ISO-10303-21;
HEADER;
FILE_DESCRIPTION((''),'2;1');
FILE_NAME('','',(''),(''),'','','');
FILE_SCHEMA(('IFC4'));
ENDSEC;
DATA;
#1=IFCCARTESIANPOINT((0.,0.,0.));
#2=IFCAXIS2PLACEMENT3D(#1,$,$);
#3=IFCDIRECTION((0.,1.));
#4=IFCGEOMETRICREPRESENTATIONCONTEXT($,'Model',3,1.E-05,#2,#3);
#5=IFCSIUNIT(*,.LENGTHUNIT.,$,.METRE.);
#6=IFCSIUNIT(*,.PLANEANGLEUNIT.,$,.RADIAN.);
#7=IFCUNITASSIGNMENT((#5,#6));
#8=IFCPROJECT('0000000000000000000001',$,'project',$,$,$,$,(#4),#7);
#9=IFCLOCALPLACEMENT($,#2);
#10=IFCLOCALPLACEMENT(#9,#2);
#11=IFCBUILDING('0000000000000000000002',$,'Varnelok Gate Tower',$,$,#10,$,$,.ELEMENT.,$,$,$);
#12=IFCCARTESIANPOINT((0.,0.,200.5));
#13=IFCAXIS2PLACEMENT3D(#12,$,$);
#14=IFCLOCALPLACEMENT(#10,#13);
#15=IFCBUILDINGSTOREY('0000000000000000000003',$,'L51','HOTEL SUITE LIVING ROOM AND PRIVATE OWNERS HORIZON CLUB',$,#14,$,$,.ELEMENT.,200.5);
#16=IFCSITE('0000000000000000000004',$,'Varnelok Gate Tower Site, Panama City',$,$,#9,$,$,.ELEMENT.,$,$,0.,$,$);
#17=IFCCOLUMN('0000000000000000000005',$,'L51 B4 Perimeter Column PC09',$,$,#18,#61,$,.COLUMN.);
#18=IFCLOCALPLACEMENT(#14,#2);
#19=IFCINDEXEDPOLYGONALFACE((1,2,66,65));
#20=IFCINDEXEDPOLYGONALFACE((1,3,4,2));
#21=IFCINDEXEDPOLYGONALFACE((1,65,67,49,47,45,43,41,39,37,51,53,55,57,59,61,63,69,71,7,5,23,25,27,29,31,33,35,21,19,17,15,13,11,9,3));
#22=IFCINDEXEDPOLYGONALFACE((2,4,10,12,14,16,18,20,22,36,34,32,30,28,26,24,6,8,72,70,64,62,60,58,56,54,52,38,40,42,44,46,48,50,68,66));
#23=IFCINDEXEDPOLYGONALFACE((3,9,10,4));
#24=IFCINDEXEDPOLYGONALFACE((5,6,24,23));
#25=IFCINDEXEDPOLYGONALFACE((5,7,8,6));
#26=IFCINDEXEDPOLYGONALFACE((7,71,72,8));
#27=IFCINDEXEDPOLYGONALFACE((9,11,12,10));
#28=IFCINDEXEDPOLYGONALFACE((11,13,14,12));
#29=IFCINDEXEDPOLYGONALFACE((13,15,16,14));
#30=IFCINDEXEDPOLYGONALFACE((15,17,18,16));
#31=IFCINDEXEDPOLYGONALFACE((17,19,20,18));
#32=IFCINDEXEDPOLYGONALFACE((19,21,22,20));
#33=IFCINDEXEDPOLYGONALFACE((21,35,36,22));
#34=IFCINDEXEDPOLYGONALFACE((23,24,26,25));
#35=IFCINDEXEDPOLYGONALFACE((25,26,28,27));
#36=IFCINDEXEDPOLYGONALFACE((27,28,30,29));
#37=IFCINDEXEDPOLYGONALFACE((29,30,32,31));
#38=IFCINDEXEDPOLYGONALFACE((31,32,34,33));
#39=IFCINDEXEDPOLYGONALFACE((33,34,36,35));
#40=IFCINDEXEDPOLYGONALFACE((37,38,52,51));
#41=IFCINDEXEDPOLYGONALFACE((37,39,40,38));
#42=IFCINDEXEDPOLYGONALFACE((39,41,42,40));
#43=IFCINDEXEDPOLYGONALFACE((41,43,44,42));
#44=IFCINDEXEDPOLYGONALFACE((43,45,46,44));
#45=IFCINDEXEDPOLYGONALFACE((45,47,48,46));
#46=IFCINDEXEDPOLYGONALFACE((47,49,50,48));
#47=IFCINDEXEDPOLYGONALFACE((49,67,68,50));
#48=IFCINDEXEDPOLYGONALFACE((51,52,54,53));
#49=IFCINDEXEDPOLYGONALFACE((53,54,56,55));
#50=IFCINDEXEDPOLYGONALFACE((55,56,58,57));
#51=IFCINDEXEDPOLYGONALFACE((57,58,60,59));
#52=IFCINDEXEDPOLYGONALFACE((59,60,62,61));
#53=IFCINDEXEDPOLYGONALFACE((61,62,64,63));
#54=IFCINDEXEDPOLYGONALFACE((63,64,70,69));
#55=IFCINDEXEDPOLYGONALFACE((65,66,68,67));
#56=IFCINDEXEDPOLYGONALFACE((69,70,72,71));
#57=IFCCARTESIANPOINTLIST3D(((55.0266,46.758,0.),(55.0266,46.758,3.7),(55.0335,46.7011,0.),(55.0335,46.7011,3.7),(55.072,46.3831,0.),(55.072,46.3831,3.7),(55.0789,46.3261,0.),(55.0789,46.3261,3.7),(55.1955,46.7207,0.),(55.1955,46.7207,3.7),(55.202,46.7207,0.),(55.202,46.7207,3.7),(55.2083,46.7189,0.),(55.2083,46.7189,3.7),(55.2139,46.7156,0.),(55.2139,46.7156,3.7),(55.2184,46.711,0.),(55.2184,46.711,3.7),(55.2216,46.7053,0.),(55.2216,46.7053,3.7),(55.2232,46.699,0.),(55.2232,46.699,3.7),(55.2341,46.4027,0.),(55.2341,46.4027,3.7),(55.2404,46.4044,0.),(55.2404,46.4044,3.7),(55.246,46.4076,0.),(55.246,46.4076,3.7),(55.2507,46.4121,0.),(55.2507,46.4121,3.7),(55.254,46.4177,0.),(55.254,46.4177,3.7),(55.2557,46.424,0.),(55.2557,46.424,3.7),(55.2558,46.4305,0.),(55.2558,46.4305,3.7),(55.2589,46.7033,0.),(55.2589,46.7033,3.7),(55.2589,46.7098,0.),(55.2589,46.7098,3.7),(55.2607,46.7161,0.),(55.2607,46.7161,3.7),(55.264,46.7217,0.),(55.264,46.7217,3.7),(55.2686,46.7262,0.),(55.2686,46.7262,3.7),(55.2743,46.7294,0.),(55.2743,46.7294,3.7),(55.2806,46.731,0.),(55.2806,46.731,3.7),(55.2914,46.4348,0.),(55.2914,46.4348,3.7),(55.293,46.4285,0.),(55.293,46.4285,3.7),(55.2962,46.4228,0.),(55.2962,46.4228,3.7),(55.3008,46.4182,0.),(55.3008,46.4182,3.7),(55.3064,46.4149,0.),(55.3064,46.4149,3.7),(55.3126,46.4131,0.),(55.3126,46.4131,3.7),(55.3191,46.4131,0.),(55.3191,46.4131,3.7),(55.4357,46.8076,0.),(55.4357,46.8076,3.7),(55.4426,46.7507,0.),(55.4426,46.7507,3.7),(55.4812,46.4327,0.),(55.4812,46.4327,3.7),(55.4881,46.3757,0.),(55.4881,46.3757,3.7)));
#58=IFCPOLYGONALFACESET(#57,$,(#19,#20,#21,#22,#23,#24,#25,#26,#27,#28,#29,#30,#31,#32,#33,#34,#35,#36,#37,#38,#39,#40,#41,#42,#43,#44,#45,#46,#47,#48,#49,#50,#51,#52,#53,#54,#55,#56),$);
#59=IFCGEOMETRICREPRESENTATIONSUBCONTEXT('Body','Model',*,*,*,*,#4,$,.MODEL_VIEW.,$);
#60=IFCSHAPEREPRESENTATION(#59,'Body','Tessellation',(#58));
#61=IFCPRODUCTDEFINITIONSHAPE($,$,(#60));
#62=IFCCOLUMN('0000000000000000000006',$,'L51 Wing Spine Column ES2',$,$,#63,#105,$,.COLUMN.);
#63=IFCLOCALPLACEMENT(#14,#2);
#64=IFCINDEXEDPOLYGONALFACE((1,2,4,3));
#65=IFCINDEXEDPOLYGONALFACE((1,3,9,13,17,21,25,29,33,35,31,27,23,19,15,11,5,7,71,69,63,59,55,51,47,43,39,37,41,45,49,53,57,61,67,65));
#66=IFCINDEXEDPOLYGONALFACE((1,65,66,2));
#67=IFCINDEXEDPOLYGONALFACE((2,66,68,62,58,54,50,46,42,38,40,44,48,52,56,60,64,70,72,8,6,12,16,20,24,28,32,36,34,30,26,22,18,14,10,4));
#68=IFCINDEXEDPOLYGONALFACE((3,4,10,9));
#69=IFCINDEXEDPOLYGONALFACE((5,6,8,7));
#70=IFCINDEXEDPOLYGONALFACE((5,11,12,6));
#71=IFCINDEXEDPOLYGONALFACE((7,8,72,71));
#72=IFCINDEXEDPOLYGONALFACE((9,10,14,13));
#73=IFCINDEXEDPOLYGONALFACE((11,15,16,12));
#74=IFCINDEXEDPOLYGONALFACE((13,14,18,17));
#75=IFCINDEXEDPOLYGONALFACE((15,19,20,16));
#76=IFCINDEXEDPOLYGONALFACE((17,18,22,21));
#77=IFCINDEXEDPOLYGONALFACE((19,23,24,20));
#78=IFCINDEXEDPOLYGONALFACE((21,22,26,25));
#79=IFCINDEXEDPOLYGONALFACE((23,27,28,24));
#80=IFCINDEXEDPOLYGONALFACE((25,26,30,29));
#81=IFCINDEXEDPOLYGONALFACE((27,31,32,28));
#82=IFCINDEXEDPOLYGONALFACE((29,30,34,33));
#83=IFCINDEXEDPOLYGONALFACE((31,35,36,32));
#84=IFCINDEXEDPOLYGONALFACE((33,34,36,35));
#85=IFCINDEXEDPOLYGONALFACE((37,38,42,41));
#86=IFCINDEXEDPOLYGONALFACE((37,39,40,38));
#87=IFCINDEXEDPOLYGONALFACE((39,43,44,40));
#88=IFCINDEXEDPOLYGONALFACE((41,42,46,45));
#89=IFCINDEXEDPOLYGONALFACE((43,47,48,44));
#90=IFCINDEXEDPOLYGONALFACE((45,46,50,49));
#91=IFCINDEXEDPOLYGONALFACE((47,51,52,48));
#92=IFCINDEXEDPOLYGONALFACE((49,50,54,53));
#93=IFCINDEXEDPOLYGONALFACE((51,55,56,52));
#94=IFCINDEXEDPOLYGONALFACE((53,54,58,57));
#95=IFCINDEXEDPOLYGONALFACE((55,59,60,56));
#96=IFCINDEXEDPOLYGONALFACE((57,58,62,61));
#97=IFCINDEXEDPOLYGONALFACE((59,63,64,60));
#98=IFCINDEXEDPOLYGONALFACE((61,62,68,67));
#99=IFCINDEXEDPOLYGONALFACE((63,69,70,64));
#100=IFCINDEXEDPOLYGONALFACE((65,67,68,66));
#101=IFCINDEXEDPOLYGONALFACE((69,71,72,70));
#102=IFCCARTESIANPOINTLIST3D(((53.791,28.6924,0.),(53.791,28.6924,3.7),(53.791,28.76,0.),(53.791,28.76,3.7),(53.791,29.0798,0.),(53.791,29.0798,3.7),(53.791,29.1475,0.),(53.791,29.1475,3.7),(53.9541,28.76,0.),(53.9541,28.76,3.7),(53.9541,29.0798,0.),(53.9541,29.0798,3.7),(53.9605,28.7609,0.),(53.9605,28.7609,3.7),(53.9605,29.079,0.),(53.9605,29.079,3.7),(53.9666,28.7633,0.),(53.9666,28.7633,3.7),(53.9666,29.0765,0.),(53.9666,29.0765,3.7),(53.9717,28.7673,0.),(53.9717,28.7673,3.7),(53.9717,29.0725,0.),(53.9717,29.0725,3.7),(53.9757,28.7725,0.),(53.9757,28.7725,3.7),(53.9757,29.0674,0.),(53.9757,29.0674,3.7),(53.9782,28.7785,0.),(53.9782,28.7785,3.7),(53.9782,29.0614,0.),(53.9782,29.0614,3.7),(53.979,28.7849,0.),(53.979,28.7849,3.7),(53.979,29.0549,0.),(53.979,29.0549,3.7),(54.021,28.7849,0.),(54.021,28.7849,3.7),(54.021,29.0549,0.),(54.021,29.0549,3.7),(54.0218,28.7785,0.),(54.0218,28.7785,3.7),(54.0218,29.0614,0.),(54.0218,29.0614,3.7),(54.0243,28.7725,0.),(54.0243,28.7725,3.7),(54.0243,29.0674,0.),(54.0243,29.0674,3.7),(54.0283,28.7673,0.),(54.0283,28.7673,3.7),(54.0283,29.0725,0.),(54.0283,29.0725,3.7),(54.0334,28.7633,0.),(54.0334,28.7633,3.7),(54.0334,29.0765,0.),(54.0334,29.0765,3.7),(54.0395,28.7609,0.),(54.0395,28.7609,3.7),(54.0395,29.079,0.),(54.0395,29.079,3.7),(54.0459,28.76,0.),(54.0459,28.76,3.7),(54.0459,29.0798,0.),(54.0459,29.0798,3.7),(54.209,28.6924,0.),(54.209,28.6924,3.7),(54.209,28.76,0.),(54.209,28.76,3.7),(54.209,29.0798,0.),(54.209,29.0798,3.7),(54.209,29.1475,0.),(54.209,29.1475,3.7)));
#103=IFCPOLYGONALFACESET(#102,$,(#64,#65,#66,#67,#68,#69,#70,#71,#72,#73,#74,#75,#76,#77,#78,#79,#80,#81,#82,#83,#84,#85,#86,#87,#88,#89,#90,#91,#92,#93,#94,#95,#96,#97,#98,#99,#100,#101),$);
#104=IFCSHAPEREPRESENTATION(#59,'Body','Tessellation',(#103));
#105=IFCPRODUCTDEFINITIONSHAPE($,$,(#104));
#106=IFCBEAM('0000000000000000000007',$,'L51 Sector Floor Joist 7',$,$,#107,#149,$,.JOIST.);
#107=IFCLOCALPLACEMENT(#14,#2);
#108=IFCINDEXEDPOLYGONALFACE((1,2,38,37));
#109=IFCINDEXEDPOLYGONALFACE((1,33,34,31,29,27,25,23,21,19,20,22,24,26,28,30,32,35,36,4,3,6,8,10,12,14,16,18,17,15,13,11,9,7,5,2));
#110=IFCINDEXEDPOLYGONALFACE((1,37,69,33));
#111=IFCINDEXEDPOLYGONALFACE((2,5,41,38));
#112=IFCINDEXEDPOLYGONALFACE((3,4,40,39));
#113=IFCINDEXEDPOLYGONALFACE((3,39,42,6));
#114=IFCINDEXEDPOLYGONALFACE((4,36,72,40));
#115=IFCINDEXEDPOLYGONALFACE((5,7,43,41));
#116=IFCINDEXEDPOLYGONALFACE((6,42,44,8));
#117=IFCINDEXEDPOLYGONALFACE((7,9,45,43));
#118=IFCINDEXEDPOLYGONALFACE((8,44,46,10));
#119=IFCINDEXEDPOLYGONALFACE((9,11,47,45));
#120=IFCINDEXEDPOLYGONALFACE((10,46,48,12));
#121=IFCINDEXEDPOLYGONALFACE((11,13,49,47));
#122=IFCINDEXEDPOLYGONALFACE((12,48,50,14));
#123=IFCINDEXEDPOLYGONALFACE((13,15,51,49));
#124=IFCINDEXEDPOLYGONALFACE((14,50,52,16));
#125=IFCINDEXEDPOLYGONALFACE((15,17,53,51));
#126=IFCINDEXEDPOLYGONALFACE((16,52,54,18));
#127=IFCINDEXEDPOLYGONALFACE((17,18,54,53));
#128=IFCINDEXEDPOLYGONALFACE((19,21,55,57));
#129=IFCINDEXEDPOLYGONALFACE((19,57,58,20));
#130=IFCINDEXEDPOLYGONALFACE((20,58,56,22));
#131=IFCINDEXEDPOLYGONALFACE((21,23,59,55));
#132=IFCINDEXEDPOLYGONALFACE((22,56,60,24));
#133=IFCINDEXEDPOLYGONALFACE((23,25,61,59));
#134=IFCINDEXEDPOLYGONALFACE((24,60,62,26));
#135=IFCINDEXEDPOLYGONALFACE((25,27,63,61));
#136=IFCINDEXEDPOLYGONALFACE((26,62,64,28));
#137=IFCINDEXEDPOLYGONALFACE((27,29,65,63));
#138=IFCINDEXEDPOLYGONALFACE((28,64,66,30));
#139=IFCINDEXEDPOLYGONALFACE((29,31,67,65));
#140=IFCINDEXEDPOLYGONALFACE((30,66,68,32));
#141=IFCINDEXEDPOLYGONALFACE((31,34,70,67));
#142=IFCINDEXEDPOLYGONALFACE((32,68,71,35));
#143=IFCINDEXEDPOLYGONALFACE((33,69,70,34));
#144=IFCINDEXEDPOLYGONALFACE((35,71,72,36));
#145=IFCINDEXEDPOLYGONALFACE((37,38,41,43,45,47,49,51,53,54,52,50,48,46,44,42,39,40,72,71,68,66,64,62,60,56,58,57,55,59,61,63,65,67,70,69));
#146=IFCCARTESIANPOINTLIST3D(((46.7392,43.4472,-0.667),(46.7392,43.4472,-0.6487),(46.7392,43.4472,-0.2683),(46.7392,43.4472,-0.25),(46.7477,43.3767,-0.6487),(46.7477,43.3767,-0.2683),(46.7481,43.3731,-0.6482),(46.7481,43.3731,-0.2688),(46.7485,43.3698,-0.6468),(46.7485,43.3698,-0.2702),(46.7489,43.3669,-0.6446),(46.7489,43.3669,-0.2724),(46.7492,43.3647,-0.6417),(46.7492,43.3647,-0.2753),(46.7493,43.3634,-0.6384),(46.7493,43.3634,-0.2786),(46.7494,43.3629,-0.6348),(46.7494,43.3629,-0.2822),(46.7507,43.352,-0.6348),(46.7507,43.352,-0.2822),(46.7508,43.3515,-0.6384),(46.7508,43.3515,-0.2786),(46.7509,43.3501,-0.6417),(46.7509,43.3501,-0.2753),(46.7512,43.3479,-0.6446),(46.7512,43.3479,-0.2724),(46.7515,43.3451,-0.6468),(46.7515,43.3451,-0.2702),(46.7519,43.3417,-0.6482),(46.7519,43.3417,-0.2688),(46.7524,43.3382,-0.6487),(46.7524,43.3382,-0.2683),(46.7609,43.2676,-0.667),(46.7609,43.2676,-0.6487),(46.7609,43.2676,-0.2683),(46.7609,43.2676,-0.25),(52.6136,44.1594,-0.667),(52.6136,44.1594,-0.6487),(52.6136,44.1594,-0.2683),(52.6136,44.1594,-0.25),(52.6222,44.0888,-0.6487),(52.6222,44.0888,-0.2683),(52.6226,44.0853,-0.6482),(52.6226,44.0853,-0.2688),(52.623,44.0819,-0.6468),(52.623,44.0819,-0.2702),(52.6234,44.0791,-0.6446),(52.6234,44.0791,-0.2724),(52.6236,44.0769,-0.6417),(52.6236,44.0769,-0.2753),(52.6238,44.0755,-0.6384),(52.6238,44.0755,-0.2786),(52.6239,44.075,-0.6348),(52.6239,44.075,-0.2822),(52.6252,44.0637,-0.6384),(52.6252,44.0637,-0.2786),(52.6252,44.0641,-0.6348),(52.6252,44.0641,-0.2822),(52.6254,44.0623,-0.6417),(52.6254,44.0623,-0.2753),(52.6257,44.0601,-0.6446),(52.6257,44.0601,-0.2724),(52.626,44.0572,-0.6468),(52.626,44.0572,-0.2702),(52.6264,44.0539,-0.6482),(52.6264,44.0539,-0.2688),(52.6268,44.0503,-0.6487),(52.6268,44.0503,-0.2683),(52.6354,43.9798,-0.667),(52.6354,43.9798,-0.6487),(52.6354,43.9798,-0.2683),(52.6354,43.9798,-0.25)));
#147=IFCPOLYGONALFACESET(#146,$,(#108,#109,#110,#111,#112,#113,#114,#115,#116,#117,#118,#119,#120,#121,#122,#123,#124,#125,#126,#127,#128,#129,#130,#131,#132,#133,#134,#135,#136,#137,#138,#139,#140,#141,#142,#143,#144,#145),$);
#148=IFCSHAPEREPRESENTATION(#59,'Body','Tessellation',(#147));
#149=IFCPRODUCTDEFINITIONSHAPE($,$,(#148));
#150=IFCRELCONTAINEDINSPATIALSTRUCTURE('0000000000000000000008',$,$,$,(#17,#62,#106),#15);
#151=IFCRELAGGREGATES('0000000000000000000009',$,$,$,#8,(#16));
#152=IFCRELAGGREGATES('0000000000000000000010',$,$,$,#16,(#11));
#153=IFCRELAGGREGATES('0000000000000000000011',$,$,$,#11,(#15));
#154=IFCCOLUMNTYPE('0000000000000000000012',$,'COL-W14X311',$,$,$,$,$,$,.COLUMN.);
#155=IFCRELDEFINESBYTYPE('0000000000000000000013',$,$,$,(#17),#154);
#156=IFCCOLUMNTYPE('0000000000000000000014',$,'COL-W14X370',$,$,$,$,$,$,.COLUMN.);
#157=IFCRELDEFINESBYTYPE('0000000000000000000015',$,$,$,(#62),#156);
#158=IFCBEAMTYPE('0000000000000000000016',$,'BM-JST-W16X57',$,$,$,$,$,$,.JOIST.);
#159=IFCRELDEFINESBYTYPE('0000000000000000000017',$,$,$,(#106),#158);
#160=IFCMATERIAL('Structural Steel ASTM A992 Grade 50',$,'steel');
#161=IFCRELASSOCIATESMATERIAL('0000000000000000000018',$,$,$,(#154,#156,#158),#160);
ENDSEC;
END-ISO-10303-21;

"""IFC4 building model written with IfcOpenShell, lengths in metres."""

from ifc_helpers import new_model, si_unit, direction, frame, origin, origin_2d, place, context, subcontext, project, spatial, i_section, extrude, material, material_profile, profile_set, type_object, element, save


model = new_model("IFC4")

# Units and contexts
model_context = context("Model", 3, precision=1e-05, world=origin(), true_north=direction((0.0, 1.0)))
body_context = subcontext(model_context, "Body", "Model", "MODEL_VIEW")
ifc_project = project(units=[si_unit("LENGTHUNIT", "METRE"), si_unit("PLANEANGLEUNIT", "RADIAN")], contexts=[model_context])

# Site, building, storey
site_placement = place(None, origin())
site = spatial("IfcSite", under=ifc_project, at=site_placement, Name="Varnelok Gate Tower Site, Panama City", CompositionType="ELEMENT", RefElevation=0.0)
building_placement = place(site_placement, origin())
building = spatial("IfcBuilding", under=site, at=building_placement, Name="Varnelok Gate Tower", CompositionType="ELEMENT")
storey_placement = place(building_placement, frame((0.0, 0.0, 200.5)))
storey = spatial("IfcBuildingStorey", under=building, at=storey_placement, Name="L51", Description="HOTEL SUITE LIVING ROOM AND PRIVATE OWNERS HORIZON CLUB", CompositionType="ELEMENT", Elevation=200.5)

# Columns
ifc_material_1 = material(Name="Structural Steel ASTM A992 Grade 50", Category="steel")
ifc_material_profile_1 = material_profile(ifc_material_1, i_section(OverallWidth=0.4121, OverallDepth=0.4351, WebThickness=0.0359, FlangeThickness=0.0574, FilletRadius=0.0249, at=origin_2d()), Name="W14X311")
ifc_profile_set_1 = profile_set([ifc_material_profile_1], Name="Structural Steel ASTM A992 Grade 50")
column_type_1 = type_object("IfcColumnType", Name="COL-W14X311", PredefinedType="COLUMN", material=ifc_profile_set_1)
column_1_placement = place(storey_placement, frame((55.2573, 46.5669, 0.0), z_axis=(0.0, 0.0, 1.0), x_axis=(0.992732, 0.120345, 0.0)))
element("IfcColumn", 1, at=column_1_placement, inside=storey, type_object=column_type_1, Name="L51 B4 Perimeter Column PC09", PredefinedType="COLUMN", context=body_context, shape_type="SweptSolid", body=[
    extrude(i_section(OverallWidth=0.4121, OverallDepth=0.4351, WebThickness=0.0359, FlangeThickness=0.0574, FilletRadius=0.0249, at=origin_2d()), origin(), (0.0, 0.0, 1.0), 3.7),
])
ifc_material_profile_2 = material_profile(ifc_material_1, i_section(OverallWidth=0.418, OverallDepth=0.4551, WebThickness=0.042, FlangeThickness=0.0676, FilletRadius=0.0249, at=origin_2d()), Name="W14X370")
ifc_profile_set_2 = profile_set([ifc_material_profile_2], Name="Structural Steel ASTM A992 Grade 50")
column_type_2 = type_object("IfcColumnType", Name="COL-W14X370", PredefinedType="COLUMN", material=ifc_profile_set_2)
column_2_placement = place(storey_placement, frame((54.0, 28.9199, 0.0), z_axis=(0.0, 0.0, 1.0), x_axis=(1.0, 0.0, 0.0)))
element("IfcColumn", 2, at=column_2_placement, inside=storey, type_object=column_type_2, Name="L51 Wing Spine Column ES2", PredefinedType="COLUMN", context=body_context, shape_type="SweptSolid", body=[
    extrude(i_section(OverallWidth=0.418, OverallDepth=0.4551, WebThickness=0.042, FlangeThickness=0.0676, FilletRadius=0.0249, at=origin_2d()), origin(), (0.0, 0.0, 1.0), 3.7),
])

# Beam
ifc_material_profile_3 = material_profile(ifc_material_1, i_section(OverallWidth=0.1809, OverallDepth=0.417, WebThickness=0.011, FlangeThickness=0.0183, FilletRadius=0.0139, at=origin_2d()), Name="W16X57")
ifc_profile_set_3 = profile_set([ifc_material_profile_3], Name="Structural Steel ASTM A992 Grade 50")
beam_type_1 = type_object("IfcBeamType", Name="BM-JST-W16X57", PredefinedType="JOIST", material=ifc_profile_set_3)
beam_1_placement = place(storey_placement, frame((52.6245, 44.0696, -0.4585), z_axis=(-0.992732, -0.120347, 0.0), x_axis=(0.120347, -0.992732, 0.0)))
element("IfcBeam", 3, at=beam_1_placement, inside=storey, type_object=beam_type_1, Name="L51 Sector Floor Joist 7", PredefinedType="JOIST", context=body_context, shape_type="SweptSolid", body=[
    extrude(i_section(OverallWidth=0.1809, OverallDepth=0.417, WebThickness=0.011, FlangeThickness=0.0183, FilletRadius=0.0139, at=origin_2d()), origin(), (0.0, 0.0, 1.0), 5.9175),
])

save(model, "model.ifc")
